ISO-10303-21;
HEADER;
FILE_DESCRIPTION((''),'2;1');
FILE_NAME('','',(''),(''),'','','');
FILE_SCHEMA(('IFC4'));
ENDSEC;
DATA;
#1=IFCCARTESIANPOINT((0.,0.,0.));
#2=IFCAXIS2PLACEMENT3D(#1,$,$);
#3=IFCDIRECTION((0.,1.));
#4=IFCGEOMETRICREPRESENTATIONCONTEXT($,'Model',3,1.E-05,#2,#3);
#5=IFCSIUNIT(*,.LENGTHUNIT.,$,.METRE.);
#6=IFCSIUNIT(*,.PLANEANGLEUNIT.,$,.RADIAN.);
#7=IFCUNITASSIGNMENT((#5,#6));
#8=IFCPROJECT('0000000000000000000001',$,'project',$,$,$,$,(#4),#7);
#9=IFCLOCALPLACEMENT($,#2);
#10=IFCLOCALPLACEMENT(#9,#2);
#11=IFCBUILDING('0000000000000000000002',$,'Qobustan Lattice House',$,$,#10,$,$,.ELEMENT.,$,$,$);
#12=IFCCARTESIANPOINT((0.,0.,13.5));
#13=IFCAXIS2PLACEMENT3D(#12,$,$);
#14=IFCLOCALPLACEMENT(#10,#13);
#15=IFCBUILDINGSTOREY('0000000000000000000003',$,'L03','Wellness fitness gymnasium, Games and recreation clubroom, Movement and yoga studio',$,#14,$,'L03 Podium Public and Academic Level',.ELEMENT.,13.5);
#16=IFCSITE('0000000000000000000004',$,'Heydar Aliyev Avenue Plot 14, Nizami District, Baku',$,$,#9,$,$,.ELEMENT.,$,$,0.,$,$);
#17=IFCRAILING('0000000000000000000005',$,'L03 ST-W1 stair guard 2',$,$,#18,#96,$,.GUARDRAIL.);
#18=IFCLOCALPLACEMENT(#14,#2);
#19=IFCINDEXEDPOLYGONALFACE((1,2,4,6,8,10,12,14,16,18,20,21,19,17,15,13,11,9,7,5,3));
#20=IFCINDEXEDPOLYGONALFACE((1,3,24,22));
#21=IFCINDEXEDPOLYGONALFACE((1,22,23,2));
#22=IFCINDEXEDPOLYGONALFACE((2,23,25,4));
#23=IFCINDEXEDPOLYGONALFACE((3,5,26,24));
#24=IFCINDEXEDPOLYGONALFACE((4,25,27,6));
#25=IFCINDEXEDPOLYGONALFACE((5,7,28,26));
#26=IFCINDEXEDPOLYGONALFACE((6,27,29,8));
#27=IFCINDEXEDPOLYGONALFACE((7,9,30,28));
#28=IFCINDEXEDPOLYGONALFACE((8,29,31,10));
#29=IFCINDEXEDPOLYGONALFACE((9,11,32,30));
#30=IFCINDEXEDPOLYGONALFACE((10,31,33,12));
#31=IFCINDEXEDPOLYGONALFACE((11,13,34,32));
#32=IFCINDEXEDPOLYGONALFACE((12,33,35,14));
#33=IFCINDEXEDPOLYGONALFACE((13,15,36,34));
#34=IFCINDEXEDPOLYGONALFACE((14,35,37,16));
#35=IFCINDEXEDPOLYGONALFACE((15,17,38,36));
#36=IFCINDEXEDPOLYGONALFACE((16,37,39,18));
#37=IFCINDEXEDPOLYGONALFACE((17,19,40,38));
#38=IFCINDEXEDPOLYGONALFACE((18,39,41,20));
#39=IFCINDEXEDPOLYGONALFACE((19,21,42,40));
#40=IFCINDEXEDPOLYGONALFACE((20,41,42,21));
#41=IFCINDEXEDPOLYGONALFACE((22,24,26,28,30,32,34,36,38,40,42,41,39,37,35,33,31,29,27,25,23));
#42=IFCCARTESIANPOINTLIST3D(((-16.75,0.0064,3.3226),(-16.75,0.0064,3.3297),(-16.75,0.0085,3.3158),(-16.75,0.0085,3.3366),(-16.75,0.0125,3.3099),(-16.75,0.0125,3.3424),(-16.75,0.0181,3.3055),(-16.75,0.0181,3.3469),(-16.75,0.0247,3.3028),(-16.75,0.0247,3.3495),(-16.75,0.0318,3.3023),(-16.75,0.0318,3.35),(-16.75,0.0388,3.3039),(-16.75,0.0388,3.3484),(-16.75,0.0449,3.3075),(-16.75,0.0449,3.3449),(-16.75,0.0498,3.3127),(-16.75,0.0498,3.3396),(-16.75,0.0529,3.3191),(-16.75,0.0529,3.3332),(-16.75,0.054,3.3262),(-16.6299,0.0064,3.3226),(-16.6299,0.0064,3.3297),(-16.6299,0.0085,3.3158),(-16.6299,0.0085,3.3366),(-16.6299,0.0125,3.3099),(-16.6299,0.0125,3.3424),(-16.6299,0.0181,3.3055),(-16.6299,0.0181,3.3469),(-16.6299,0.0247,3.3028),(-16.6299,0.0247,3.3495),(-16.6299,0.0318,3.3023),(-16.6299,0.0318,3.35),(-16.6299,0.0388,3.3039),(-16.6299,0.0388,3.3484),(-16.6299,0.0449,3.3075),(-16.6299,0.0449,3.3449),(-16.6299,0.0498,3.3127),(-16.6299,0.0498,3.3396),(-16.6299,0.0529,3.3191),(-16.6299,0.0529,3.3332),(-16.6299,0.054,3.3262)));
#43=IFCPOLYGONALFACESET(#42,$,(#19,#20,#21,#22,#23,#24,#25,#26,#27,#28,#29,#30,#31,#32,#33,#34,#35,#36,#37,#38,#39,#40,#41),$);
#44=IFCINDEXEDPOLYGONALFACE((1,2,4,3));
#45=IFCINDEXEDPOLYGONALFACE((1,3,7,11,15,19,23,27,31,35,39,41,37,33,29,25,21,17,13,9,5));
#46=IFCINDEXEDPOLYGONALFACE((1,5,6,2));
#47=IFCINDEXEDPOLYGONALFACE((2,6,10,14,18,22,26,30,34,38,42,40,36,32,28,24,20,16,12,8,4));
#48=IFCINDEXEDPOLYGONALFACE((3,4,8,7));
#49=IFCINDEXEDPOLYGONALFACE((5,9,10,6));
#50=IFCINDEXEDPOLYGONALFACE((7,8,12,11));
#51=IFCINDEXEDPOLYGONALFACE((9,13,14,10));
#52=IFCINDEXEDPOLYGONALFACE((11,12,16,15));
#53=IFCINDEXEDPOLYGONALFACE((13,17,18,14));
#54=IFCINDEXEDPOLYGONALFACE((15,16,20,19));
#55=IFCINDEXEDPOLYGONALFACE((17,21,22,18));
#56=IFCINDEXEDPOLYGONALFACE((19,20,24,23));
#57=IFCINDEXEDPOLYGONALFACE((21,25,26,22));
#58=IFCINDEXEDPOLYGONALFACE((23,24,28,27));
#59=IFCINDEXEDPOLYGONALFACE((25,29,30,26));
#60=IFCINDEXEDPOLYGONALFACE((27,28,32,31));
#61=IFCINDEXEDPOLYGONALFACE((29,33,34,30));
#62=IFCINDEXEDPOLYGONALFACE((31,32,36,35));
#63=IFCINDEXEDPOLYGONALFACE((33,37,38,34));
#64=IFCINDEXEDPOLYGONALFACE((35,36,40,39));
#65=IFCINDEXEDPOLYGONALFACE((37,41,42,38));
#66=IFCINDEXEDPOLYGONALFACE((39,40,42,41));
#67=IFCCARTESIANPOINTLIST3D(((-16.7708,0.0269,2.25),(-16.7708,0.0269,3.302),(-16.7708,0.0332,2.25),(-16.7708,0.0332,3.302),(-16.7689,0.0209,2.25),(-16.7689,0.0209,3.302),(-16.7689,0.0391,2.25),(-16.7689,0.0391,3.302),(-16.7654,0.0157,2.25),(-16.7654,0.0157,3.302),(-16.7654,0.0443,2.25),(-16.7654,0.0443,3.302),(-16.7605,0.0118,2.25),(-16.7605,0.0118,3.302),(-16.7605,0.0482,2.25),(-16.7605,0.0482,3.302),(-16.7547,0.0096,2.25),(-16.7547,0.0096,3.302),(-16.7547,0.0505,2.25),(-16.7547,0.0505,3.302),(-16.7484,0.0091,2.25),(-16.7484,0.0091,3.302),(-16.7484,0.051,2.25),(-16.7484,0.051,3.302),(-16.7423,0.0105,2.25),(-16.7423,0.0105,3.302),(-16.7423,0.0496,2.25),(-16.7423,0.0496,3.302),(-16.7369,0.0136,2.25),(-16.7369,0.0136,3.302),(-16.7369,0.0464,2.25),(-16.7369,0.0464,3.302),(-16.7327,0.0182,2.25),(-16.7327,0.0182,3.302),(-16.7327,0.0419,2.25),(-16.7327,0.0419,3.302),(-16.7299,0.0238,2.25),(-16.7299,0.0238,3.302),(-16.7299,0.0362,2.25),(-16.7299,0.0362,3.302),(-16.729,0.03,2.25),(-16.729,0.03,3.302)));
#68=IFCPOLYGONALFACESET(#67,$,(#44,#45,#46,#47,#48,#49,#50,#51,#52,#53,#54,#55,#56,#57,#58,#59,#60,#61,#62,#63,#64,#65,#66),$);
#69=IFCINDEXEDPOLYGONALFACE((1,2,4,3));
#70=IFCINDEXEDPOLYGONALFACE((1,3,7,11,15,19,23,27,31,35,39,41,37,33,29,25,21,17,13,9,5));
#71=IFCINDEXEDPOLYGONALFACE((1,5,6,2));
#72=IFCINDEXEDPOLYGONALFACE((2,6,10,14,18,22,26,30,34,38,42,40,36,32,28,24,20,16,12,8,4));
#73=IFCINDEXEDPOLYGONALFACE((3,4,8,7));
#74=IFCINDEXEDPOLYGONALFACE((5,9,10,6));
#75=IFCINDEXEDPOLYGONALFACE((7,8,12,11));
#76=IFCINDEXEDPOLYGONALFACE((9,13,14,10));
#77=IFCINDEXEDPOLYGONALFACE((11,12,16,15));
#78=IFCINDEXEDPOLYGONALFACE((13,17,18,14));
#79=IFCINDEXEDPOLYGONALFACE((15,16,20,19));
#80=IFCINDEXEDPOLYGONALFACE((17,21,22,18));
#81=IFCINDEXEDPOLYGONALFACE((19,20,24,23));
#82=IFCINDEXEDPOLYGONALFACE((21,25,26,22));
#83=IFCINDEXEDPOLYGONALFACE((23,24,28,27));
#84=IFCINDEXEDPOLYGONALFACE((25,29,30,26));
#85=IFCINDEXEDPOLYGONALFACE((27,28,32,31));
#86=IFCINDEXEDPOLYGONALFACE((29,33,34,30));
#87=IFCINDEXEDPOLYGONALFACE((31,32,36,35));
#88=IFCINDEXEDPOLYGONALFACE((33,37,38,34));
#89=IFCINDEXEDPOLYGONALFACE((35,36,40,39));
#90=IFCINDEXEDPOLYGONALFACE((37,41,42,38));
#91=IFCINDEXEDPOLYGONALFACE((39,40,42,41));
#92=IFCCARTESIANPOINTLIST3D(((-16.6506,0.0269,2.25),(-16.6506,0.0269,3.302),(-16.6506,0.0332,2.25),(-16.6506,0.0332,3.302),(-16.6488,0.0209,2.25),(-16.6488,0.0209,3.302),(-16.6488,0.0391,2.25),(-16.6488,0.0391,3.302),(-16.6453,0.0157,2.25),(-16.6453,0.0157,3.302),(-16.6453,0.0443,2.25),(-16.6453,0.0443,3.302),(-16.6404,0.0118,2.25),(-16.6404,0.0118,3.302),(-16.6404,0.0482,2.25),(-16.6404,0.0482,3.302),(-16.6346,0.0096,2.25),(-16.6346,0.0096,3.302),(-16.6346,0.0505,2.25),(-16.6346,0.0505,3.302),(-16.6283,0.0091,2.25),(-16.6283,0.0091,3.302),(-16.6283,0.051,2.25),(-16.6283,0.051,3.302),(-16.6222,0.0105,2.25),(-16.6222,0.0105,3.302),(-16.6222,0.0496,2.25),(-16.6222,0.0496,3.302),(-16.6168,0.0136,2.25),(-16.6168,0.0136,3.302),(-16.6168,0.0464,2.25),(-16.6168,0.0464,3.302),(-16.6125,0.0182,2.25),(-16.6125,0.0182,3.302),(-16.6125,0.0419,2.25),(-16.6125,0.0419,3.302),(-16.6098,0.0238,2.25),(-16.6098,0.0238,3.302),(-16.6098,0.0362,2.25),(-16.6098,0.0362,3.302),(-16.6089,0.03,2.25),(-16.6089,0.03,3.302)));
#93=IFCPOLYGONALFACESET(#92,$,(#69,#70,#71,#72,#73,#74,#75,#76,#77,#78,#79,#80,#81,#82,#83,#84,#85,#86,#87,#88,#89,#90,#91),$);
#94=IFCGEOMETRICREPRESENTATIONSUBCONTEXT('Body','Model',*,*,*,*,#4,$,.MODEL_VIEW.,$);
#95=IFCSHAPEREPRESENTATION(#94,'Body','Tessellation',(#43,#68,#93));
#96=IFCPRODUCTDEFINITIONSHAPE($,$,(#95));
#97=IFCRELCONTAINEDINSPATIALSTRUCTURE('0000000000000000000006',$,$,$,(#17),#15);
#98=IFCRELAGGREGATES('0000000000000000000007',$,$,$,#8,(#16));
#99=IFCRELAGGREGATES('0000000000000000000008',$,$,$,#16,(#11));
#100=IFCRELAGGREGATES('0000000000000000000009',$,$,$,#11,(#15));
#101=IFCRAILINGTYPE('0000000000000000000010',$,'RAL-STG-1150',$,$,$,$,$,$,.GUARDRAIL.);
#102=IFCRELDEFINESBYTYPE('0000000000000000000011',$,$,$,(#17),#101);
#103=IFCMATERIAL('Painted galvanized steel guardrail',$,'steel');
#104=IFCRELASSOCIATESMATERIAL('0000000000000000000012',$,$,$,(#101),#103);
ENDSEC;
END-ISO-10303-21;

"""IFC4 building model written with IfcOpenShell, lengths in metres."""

from ifc_helpers import new_model, si_unit, direction, frame, origin, origin_2d, place, context, subcontext, project, spatial, circle, extrude, material, type_object, element, save


model = new_model("IFC4")

# Units and contexts
model_context = context("Model", 3, precision=1e-05, world=origin(), true_north=direction((0.0, 1.0)))
body_context = subcontext(model_context, "Body", "Model", "MODEL_VIEW")
ifc_project = project(units=[si_unit("LENGTHUNIT", "METRE"), si_unit("PLANEANGLEUNIT", "RADIAN")], contexts=[model_context])

# Site, building, storey
site_placement = place(None, origin())
site = spatial("IfcSite", under=ifc_project, at=site_placement, Name="Heydar Aliyev Avenue Plot 14, Nizami District, Baku", CompositionType="ELEMENT", RefElevation=0.0)
building_placement = place(site_placement, origin())
building = spatial("IfcBuilding", under=site, at=building_placement, Name="Qobustan Lattice House", CompositionType="ELEMENT")
storey_placement = place(building_placement, frame((0.0, 0.0, 13.5)))
storey = spatial("IfcBuildingStorey", under=building, at=storey_placement, Name="L03", Description="Wellness fitness gymnasium, Games and recreation clubroom, Movement and yoga studio", LongName="L03 Podium Public and Academic Level", CompositionType="ELEMENT", Elevation=13.5)

# Railing
ifc_material_1 = material(Name="Painted galvanized steel guardrail", Category="steel")
railing_type_1 = type_object("IfcRailingType", Name="RAL-STG-1150", PredefinedType="GUARDRAIL", material=ifc_material_1)
railing_1_placement = place(storey_placement, frame((-16.75, 0.03, 2.25)))
element("IfcRailing", 1, at=railing_1_placement, inside=storey, type_object=railing_type_1, Name="L03 ST-W1 stair guard 2", PredefinedType="GUARDRAIL", context=body_context, shape_type="SweptSolid", body=[
    extrude(circle(Radius=0.0239, at=origin_2d()), frame((0.0, 0.0, 1.0762), z_axis=(1.0, 0.0, 0.0), x_axis=(0.0, 1.0, 0.0)), (0.0, 0.0, 1.0), 0.1201),
    extrude(circle(Radius=0.021, at=origin_2d()), origin(), (0.0, 0.0, 1.0), 1.052),
    extrude(circle(Radius=0.021, at=origin_2d()), frame((0.1201, 0.0, 0.0)), (0.0, 0.0, 1.0), 1.052),
])

save(model, "model.ifc")
